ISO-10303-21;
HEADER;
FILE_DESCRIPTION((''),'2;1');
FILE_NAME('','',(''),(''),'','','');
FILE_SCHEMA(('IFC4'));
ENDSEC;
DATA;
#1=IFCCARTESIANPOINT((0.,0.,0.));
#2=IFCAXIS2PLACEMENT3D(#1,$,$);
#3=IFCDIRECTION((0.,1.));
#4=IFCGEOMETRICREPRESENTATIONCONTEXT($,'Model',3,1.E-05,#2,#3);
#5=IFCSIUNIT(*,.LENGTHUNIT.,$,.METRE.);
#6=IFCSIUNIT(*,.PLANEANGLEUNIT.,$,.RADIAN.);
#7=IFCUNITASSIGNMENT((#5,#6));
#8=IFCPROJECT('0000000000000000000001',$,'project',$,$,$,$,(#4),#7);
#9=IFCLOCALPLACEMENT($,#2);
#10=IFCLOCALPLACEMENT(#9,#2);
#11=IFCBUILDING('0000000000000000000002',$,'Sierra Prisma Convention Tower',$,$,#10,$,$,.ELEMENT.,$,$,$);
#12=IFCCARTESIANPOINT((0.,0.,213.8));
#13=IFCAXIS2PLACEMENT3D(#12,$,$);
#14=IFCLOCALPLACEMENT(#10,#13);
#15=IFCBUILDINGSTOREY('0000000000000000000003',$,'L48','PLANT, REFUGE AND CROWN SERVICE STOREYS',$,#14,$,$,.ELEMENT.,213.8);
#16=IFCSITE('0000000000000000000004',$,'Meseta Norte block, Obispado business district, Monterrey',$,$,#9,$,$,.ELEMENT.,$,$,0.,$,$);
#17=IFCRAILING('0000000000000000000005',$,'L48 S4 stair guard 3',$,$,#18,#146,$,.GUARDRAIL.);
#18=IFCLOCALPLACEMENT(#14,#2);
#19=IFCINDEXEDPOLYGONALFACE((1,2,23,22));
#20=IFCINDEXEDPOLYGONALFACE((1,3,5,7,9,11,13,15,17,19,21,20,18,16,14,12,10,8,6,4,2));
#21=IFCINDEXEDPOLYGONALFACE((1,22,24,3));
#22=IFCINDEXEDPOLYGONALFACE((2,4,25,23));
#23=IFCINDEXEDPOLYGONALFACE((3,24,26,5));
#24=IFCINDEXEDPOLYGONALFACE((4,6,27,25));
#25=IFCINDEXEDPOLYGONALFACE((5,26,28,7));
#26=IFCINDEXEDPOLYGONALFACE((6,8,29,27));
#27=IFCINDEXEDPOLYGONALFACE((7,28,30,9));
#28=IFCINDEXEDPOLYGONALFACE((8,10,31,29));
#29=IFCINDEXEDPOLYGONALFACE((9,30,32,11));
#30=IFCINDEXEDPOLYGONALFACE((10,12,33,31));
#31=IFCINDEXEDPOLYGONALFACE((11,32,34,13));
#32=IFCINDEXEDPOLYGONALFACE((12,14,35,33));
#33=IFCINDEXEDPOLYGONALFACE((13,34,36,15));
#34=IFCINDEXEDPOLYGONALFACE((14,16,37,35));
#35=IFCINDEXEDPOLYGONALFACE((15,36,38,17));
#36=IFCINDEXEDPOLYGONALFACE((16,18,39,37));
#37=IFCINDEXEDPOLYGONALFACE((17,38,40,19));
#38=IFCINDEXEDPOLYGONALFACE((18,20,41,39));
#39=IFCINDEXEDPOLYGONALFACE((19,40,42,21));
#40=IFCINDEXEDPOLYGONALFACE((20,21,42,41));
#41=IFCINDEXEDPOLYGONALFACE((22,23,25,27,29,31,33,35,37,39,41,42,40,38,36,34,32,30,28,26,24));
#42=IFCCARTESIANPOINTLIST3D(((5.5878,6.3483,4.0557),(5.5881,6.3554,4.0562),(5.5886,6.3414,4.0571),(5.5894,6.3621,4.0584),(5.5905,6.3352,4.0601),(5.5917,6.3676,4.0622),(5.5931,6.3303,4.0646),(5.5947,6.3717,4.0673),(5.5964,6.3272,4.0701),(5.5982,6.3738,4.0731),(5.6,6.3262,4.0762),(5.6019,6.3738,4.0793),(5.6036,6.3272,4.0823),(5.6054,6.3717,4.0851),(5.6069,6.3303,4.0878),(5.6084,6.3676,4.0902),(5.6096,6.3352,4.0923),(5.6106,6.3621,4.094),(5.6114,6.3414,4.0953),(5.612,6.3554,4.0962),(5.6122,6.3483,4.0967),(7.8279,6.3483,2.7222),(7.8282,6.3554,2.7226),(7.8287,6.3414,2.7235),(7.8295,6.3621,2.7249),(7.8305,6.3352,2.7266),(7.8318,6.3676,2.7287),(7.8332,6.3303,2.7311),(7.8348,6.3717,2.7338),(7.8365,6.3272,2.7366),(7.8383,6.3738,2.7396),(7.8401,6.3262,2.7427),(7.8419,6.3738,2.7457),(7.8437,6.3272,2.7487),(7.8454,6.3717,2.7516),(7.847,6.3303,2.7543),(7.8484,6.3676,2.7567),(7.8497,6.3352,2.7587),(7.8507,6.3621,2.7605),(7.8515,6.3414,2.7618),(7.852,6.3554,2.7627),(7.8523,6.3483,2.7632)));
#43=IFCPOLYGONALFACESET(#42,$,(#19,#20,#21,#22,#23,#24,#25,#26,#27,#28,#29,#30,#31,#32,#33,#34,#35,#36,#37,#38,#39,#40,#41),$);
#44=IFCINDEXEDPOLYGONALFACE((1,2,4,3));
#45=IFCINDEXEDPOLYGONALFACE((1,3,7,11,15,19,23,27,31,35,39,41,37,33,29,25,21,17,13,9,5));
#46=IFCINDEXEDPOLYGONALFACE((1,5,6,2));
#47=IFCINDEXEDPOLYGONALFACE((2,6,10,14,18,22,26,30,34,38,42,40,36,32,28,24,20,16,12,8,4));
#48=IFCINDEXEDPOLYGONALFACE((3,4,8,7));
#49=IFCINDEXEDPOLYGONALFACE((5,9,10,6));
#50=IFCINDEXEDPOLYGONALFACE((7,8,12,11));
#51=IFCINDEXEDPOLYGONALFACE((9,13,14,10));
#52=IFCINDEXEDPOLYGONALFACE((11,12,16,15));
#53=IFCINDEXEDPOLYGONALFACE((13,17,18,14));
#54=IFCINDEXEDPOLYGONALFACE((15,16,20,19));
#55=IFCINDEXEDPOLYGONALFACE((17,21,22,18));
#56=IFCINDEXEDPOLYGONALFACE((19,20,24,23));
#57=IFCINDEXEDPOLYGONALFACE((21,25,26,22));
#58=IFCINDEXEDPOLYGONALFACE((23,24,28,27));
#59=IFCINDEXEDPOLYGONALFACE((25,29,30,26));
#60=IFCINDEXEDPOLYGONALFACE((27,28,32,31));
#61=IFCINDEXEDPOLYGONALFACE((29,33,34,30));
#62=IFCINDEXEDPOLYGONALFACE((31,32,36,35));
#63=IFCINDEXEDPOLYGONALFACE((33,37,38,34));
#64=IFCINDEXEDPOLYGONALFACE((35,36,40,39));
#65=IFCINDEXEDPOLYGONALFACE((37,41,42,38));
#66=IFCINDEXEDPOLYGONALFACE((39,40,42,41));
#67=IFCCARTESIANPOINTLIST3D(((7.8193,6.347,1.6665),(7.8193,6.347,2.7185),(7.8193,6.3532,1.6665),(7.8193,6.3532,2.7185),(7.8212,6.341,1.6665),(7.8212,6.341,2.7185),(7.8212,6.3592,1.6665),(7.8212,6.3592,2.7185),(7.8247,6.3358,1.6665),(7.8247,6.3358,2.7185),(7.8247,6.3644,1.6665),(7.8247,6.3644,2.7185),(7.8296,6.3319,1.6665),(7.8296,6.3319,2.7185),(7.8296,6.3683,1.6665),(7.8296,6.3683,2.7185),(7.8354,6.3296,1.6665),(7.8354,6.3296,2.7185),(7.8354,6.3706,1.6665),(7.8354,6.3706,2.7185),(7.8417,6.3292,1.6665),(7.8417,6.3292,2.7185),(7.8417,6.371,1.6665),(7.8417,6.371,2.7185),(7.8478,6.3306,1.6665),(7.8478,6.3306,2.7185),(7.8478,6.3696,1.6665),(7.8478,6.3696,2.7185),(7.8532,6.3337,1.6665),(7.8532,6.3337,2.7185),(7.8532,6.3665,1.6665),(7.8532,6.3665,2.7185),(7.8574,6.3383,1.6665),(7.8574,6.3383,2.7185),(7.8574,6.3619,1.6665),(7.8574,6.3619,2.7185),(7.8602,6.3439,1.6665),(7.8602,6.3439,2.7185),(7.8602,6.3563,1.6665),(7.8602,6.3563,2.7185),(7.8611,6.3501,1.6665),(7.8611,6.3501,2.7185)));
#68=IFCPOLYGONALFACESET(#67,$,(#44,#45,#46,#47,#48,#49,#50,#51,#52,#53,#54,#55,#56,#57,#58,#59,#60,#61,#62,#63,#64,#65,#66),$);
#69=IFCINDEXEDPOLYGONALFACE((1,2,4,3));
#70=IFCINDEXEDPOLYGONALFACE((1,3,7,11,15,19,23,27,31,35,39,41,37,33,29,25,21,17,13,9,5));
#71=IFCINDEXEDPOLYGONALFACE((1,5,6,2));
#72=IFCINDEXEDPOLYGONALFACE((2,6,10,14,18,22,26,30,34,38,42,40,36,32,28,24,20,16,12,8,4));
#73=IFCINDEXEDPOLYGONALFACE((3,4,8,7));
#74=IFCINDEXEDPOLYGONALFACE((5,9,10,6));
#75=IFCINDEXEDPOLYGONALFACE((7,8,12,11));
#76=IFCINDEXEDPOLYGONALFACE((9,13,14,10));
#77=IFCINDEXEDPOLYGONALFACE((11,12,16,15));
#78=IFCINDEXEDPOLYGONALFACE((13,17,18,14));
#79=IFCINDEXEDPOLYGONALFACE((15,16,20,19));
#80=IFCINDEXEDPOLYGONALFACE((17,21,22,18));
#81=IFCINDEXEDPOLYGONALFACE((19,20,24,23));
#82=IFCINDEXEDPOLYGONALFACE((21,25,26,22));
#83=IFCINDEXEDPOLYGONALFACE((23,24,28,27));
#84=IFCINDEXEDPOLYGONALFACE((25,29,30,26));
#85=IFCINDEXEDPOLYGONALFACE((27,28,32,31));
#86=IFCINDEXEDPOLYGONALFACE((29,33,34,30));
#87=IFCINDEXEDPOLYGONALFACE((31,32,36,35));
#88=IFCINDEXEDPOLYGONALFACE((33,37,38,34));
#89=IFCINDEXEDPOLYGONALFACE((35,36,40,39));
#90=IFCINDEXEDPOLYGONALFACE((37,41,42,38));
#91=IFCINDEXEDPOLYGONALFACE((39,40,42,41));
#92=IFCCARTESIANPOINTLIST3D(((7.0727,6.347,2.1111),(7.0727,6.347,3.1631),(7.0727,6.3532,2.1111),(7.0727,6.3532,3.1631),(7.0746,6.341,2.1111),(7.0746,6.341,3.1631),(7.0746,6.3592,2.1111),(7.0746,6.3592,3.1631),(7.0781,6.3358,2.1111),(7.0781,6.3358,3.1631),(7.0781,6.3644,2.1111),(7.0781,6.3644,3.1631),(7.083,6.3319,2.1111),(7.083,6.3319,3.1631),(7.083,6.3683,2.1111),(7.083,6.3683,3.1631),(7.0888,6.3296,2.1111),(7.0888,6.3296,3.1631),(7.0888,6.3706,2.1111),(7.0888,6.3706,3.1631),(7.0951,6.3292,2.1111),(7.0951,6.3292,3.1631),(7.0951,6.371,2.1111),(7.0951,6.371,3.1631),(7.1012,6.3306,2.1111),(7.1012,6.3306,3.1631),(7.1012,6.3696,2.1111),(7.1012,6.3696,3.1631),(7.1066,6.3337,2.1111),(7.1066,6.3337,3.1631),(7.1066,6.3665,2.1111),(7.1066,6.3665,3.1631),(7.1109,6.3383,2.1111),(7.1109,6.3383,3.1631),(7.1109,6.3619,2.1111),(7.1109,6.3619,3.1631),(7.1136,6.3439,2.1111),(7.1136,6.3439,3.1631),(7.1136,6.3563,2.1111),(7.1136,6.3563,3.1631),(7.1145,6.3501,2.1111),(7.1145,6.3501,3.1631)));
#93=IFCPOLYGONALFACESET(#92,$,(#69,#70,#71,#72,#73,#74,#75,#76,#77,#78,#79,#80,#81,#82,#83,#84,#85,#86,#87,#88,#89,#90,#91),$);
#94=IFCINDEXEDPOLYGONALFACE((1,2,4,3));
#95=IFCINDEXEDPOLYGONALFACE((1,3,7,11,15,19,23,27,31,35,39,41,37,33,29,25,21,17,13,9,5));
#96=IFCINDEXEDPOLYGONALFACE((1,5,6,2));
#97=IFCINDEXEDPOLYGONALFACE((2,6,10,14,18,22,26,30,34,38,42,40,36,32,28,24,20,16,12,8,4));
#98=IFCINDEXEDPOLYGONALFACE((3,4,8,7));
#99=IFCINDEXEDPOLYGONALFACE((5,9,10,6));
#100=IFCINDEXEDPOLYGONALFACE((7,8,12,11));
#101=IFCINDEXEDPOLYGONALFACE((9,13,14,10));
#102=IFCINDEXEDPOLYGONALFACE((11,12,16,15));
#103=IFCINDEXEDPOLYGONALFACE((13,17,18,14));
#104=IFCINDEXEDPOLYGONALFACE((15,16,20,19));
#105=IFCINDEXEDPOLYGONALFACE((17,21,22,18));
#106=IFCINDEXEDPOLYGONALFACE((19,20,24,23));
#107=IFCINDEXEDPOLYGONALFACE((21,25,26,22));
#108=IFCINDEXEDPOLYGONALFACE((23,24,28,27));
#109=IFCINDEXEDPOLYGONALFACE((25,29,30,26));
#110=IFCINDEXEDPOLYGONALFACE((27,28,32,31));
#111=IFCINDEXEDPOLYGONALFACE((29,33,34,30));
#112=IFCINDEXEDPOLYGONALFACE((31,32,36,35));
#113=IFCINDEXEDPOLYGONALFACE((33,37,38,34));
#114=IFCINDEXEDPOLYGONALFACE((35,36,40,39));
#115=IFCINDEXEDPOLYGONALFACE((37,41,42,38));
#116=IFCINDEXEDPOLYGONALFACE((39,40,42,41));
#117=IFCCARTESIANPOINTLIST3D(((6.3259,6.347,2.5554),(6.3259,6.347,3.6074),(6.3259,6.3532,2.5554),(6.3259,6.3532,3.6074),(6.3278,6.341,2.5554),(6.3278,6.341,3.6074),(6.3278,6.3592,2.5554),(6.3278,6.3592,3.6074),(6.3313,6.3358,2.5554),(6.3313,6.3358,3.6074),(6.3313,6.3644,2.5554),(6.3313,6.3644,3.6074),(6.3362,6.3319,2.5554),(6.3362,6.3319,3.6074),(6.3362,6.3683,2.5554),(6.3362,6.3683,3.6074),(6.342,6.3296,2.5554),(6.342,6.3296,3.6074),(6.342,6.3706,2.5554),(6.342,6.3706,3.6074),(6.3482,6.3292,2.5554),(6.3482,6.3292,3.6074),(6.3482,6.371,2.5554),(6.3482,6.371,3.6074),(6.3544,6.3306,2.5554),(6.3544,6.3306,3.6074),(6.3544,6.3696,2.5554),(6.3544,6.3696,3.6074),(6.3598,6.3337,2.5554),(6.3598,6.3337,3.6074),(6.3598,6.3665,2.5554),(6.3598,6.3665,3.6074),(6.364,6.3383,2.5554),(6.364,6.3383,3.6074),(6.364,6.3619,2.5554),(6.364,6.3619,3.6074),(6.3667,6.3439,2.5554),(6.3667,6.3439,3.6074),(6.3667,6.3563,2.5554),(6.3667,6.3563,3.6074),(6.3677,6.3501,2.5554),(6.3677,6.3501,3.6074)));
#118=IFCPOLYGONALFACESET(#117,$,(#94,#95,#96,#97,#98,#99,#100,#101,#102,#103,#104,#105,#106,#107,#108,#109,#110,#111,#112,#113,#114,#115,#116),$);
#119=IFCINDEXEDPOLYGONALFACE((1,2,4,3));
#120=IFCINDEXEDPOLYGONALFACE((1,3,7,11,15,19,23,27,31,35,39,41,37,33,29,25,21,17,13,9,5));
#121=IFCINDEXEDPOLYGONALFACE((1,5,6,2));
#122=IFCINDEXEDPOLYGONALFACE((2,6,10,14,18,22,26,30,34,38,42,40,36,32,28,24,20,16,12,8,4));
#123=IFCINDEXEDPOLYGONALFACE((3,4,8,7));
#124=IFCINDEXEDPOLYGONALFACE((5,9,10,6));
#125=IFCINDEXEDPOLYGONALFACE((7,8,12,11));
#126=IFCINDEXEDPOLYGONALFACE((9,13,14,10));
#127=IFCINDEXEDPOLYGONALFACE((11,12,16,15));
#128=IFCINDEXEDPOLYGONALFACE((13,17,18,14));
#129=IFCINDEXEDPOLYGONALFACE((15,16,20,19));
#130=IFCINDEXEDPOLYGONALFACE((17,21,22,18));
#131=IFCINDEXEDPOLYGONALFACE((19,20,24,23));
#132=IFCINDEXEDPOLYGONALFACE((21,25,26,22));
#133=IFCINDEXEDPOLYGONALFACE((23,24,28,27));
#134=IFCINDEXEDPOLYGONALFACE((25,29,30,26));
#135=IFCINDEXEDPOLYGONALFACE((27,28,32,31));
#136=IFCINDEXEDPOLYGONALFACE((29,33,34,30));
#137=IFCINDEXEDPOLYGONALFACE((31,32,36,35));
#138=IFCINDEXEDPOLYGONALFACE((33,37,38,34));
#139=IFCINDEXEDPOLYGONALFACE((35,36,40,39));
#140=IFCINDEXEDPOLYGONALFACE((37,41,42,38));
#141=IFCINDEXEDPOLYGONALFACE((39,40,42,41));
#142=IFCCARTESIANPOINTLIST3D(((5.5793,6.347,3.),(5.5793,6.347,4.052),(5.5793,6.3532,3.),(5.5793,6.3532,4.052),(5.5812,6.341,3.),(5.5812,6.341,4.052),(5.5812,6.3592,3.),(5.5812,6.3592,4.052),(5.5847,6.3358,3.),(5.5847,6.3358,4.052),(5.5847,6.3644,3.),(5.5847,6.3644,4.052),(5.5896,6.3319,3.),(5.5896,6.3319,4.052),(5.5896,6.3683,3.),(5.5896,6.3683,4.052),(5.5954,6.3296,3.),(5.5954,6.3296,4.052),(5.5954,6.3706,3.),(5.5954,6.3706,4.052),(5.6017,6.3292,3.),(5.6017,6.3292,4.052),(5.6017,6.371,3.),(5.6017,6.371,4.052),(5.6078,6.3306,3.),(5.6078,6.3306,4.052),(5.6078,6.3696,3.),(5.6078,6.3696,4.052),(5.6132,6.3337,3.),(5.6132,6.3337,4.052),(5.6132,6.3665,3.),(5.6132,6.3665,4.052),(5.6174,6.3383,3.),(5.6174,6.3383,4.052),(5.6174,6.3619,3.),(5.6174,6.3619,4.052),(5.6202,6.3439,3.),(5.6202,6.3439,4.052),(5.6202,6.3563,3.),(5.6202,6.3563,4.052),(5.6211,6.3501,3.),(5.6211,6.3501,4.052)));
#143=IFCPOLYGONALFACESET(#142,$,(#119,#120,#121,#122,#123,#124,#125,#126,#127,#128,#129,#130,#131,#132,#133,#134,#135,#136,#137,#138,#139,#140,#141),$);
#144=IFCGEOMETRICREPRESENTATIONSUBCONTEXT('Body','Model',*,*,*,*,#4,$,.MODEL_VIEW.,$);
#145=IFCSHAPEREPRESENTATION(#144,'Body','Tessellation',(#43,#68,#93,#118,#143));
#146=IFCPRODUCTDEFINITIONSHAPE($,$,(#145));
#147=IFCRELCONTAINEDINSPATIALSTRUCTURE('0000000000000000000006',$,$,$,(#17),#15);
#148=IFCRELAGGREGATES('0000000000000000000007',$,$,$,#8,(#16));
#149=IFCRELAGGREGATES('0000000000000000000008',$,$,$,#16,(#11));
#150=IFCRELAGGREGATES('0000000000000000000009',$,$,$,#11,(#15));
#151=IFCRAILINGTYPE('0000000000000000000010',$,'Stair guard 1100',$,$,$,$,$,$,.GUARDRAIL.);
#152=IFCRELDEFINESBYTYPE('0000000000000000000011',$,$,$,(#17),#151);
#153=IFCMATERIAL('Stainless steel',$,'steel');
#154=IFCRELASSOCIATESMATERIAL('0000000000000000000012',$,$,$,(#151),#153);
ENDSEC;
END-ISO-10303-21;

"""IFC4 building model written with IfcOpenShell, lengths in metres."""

from ifc_helpers import new_model, si_unit, direction, frame, origin, origin_2d, place, context, subcontext, project, spatial, circle, extrude, material, type_object, element, save


model = new_model("IFC4")

# Units and contexts
model_context = context("Model", 3, precision=1e-05, world=origin(), true_north=direction((0.0, 1.0)))
body_context = subcontext(model_context, "Body", "Model", "MODEL_VIEW")
ifc_project = project(units=[si_unit("LENGTHUNIT", "METRE"), si_unit("PLANEANGLEUNIT", "RADIAN")], contexts=[model_context])

# Site, building, storey
site_placement = place(None, origin())
site = spatial("IfcSite", under=ifc_project, at=site_placement, Name="Meseta Norte block, Obispado business district, Monterrey", CompositionType="ELEMENT", RefElevation=0.0)
building_placement = place(site_placement, origin())
building = spatial("IfcBuilding", under=site, at=building_placement, Name="Sierra Prisma Convention Tower", CompositionType="ELEMENT")
storey_placement = place(building_placement, frame((0.0, 0.0, 213.8)))
storey = spatial("IfcBuildingStorey", under=building, at=storey_placement, Name="L48", Description="PLANT, REFUGE AND CROWN SERVICE STOREYS", CompositionType="ELEMENT", Elevation=213.8)

# Railing
ifc_material_1 = material(Name="Stainless steel", Category="steel")
railing_type_1 = type_object("IfcRailingType", Name="Stair guard 1100", PredefinedType="GUARDRAIL", material=ifc_material_1)
railing_1_placement = place(storey_placement, frame((7.8401, 6.3501, 1.6665)))
element("IfcRailing", 1, at=railing_1_placement, inside=storey, type_object=railing_type_1, Name="L48 S4 stair guard 3", PredefinedType="GUARDRAIL", context=body_context, shape_type="SweptSolid", body=[
    extrude(circle(Radius=0.0239, at=origin_2d()), frame((0.0, 0.0, 1.0762), z_axis=(-0.859264, 0.0, 0.511532), x_axis=(0.0, -1.0, 0.0)), (0.0, 0.0, 1.0), 2.6069),
    extrude(circle(Radius=0.021, at=origin_2d()), origin(), (0.0, 0.0, 1.0), 1.052),
    extrude(circle(Radius=0.021, at=origin_2d()), frame((-0.7466, 0.0, 0.4446)), (0.0, 0.0, 1.0), 1.052),
    extrude(circle(Radius=0.021, at=origin_2d()), frame((-1.4934, 0.0, 0.8889)), (0.0, 0.0, 1.0), 1.052),
    extrude(circle(Radius=0.021, at=origin_2d()), frame((-2.24, 0.0, 1.3335)), (0.0, 0.0, 1.0), 1.052),
])

save(model, "model.ifc")
